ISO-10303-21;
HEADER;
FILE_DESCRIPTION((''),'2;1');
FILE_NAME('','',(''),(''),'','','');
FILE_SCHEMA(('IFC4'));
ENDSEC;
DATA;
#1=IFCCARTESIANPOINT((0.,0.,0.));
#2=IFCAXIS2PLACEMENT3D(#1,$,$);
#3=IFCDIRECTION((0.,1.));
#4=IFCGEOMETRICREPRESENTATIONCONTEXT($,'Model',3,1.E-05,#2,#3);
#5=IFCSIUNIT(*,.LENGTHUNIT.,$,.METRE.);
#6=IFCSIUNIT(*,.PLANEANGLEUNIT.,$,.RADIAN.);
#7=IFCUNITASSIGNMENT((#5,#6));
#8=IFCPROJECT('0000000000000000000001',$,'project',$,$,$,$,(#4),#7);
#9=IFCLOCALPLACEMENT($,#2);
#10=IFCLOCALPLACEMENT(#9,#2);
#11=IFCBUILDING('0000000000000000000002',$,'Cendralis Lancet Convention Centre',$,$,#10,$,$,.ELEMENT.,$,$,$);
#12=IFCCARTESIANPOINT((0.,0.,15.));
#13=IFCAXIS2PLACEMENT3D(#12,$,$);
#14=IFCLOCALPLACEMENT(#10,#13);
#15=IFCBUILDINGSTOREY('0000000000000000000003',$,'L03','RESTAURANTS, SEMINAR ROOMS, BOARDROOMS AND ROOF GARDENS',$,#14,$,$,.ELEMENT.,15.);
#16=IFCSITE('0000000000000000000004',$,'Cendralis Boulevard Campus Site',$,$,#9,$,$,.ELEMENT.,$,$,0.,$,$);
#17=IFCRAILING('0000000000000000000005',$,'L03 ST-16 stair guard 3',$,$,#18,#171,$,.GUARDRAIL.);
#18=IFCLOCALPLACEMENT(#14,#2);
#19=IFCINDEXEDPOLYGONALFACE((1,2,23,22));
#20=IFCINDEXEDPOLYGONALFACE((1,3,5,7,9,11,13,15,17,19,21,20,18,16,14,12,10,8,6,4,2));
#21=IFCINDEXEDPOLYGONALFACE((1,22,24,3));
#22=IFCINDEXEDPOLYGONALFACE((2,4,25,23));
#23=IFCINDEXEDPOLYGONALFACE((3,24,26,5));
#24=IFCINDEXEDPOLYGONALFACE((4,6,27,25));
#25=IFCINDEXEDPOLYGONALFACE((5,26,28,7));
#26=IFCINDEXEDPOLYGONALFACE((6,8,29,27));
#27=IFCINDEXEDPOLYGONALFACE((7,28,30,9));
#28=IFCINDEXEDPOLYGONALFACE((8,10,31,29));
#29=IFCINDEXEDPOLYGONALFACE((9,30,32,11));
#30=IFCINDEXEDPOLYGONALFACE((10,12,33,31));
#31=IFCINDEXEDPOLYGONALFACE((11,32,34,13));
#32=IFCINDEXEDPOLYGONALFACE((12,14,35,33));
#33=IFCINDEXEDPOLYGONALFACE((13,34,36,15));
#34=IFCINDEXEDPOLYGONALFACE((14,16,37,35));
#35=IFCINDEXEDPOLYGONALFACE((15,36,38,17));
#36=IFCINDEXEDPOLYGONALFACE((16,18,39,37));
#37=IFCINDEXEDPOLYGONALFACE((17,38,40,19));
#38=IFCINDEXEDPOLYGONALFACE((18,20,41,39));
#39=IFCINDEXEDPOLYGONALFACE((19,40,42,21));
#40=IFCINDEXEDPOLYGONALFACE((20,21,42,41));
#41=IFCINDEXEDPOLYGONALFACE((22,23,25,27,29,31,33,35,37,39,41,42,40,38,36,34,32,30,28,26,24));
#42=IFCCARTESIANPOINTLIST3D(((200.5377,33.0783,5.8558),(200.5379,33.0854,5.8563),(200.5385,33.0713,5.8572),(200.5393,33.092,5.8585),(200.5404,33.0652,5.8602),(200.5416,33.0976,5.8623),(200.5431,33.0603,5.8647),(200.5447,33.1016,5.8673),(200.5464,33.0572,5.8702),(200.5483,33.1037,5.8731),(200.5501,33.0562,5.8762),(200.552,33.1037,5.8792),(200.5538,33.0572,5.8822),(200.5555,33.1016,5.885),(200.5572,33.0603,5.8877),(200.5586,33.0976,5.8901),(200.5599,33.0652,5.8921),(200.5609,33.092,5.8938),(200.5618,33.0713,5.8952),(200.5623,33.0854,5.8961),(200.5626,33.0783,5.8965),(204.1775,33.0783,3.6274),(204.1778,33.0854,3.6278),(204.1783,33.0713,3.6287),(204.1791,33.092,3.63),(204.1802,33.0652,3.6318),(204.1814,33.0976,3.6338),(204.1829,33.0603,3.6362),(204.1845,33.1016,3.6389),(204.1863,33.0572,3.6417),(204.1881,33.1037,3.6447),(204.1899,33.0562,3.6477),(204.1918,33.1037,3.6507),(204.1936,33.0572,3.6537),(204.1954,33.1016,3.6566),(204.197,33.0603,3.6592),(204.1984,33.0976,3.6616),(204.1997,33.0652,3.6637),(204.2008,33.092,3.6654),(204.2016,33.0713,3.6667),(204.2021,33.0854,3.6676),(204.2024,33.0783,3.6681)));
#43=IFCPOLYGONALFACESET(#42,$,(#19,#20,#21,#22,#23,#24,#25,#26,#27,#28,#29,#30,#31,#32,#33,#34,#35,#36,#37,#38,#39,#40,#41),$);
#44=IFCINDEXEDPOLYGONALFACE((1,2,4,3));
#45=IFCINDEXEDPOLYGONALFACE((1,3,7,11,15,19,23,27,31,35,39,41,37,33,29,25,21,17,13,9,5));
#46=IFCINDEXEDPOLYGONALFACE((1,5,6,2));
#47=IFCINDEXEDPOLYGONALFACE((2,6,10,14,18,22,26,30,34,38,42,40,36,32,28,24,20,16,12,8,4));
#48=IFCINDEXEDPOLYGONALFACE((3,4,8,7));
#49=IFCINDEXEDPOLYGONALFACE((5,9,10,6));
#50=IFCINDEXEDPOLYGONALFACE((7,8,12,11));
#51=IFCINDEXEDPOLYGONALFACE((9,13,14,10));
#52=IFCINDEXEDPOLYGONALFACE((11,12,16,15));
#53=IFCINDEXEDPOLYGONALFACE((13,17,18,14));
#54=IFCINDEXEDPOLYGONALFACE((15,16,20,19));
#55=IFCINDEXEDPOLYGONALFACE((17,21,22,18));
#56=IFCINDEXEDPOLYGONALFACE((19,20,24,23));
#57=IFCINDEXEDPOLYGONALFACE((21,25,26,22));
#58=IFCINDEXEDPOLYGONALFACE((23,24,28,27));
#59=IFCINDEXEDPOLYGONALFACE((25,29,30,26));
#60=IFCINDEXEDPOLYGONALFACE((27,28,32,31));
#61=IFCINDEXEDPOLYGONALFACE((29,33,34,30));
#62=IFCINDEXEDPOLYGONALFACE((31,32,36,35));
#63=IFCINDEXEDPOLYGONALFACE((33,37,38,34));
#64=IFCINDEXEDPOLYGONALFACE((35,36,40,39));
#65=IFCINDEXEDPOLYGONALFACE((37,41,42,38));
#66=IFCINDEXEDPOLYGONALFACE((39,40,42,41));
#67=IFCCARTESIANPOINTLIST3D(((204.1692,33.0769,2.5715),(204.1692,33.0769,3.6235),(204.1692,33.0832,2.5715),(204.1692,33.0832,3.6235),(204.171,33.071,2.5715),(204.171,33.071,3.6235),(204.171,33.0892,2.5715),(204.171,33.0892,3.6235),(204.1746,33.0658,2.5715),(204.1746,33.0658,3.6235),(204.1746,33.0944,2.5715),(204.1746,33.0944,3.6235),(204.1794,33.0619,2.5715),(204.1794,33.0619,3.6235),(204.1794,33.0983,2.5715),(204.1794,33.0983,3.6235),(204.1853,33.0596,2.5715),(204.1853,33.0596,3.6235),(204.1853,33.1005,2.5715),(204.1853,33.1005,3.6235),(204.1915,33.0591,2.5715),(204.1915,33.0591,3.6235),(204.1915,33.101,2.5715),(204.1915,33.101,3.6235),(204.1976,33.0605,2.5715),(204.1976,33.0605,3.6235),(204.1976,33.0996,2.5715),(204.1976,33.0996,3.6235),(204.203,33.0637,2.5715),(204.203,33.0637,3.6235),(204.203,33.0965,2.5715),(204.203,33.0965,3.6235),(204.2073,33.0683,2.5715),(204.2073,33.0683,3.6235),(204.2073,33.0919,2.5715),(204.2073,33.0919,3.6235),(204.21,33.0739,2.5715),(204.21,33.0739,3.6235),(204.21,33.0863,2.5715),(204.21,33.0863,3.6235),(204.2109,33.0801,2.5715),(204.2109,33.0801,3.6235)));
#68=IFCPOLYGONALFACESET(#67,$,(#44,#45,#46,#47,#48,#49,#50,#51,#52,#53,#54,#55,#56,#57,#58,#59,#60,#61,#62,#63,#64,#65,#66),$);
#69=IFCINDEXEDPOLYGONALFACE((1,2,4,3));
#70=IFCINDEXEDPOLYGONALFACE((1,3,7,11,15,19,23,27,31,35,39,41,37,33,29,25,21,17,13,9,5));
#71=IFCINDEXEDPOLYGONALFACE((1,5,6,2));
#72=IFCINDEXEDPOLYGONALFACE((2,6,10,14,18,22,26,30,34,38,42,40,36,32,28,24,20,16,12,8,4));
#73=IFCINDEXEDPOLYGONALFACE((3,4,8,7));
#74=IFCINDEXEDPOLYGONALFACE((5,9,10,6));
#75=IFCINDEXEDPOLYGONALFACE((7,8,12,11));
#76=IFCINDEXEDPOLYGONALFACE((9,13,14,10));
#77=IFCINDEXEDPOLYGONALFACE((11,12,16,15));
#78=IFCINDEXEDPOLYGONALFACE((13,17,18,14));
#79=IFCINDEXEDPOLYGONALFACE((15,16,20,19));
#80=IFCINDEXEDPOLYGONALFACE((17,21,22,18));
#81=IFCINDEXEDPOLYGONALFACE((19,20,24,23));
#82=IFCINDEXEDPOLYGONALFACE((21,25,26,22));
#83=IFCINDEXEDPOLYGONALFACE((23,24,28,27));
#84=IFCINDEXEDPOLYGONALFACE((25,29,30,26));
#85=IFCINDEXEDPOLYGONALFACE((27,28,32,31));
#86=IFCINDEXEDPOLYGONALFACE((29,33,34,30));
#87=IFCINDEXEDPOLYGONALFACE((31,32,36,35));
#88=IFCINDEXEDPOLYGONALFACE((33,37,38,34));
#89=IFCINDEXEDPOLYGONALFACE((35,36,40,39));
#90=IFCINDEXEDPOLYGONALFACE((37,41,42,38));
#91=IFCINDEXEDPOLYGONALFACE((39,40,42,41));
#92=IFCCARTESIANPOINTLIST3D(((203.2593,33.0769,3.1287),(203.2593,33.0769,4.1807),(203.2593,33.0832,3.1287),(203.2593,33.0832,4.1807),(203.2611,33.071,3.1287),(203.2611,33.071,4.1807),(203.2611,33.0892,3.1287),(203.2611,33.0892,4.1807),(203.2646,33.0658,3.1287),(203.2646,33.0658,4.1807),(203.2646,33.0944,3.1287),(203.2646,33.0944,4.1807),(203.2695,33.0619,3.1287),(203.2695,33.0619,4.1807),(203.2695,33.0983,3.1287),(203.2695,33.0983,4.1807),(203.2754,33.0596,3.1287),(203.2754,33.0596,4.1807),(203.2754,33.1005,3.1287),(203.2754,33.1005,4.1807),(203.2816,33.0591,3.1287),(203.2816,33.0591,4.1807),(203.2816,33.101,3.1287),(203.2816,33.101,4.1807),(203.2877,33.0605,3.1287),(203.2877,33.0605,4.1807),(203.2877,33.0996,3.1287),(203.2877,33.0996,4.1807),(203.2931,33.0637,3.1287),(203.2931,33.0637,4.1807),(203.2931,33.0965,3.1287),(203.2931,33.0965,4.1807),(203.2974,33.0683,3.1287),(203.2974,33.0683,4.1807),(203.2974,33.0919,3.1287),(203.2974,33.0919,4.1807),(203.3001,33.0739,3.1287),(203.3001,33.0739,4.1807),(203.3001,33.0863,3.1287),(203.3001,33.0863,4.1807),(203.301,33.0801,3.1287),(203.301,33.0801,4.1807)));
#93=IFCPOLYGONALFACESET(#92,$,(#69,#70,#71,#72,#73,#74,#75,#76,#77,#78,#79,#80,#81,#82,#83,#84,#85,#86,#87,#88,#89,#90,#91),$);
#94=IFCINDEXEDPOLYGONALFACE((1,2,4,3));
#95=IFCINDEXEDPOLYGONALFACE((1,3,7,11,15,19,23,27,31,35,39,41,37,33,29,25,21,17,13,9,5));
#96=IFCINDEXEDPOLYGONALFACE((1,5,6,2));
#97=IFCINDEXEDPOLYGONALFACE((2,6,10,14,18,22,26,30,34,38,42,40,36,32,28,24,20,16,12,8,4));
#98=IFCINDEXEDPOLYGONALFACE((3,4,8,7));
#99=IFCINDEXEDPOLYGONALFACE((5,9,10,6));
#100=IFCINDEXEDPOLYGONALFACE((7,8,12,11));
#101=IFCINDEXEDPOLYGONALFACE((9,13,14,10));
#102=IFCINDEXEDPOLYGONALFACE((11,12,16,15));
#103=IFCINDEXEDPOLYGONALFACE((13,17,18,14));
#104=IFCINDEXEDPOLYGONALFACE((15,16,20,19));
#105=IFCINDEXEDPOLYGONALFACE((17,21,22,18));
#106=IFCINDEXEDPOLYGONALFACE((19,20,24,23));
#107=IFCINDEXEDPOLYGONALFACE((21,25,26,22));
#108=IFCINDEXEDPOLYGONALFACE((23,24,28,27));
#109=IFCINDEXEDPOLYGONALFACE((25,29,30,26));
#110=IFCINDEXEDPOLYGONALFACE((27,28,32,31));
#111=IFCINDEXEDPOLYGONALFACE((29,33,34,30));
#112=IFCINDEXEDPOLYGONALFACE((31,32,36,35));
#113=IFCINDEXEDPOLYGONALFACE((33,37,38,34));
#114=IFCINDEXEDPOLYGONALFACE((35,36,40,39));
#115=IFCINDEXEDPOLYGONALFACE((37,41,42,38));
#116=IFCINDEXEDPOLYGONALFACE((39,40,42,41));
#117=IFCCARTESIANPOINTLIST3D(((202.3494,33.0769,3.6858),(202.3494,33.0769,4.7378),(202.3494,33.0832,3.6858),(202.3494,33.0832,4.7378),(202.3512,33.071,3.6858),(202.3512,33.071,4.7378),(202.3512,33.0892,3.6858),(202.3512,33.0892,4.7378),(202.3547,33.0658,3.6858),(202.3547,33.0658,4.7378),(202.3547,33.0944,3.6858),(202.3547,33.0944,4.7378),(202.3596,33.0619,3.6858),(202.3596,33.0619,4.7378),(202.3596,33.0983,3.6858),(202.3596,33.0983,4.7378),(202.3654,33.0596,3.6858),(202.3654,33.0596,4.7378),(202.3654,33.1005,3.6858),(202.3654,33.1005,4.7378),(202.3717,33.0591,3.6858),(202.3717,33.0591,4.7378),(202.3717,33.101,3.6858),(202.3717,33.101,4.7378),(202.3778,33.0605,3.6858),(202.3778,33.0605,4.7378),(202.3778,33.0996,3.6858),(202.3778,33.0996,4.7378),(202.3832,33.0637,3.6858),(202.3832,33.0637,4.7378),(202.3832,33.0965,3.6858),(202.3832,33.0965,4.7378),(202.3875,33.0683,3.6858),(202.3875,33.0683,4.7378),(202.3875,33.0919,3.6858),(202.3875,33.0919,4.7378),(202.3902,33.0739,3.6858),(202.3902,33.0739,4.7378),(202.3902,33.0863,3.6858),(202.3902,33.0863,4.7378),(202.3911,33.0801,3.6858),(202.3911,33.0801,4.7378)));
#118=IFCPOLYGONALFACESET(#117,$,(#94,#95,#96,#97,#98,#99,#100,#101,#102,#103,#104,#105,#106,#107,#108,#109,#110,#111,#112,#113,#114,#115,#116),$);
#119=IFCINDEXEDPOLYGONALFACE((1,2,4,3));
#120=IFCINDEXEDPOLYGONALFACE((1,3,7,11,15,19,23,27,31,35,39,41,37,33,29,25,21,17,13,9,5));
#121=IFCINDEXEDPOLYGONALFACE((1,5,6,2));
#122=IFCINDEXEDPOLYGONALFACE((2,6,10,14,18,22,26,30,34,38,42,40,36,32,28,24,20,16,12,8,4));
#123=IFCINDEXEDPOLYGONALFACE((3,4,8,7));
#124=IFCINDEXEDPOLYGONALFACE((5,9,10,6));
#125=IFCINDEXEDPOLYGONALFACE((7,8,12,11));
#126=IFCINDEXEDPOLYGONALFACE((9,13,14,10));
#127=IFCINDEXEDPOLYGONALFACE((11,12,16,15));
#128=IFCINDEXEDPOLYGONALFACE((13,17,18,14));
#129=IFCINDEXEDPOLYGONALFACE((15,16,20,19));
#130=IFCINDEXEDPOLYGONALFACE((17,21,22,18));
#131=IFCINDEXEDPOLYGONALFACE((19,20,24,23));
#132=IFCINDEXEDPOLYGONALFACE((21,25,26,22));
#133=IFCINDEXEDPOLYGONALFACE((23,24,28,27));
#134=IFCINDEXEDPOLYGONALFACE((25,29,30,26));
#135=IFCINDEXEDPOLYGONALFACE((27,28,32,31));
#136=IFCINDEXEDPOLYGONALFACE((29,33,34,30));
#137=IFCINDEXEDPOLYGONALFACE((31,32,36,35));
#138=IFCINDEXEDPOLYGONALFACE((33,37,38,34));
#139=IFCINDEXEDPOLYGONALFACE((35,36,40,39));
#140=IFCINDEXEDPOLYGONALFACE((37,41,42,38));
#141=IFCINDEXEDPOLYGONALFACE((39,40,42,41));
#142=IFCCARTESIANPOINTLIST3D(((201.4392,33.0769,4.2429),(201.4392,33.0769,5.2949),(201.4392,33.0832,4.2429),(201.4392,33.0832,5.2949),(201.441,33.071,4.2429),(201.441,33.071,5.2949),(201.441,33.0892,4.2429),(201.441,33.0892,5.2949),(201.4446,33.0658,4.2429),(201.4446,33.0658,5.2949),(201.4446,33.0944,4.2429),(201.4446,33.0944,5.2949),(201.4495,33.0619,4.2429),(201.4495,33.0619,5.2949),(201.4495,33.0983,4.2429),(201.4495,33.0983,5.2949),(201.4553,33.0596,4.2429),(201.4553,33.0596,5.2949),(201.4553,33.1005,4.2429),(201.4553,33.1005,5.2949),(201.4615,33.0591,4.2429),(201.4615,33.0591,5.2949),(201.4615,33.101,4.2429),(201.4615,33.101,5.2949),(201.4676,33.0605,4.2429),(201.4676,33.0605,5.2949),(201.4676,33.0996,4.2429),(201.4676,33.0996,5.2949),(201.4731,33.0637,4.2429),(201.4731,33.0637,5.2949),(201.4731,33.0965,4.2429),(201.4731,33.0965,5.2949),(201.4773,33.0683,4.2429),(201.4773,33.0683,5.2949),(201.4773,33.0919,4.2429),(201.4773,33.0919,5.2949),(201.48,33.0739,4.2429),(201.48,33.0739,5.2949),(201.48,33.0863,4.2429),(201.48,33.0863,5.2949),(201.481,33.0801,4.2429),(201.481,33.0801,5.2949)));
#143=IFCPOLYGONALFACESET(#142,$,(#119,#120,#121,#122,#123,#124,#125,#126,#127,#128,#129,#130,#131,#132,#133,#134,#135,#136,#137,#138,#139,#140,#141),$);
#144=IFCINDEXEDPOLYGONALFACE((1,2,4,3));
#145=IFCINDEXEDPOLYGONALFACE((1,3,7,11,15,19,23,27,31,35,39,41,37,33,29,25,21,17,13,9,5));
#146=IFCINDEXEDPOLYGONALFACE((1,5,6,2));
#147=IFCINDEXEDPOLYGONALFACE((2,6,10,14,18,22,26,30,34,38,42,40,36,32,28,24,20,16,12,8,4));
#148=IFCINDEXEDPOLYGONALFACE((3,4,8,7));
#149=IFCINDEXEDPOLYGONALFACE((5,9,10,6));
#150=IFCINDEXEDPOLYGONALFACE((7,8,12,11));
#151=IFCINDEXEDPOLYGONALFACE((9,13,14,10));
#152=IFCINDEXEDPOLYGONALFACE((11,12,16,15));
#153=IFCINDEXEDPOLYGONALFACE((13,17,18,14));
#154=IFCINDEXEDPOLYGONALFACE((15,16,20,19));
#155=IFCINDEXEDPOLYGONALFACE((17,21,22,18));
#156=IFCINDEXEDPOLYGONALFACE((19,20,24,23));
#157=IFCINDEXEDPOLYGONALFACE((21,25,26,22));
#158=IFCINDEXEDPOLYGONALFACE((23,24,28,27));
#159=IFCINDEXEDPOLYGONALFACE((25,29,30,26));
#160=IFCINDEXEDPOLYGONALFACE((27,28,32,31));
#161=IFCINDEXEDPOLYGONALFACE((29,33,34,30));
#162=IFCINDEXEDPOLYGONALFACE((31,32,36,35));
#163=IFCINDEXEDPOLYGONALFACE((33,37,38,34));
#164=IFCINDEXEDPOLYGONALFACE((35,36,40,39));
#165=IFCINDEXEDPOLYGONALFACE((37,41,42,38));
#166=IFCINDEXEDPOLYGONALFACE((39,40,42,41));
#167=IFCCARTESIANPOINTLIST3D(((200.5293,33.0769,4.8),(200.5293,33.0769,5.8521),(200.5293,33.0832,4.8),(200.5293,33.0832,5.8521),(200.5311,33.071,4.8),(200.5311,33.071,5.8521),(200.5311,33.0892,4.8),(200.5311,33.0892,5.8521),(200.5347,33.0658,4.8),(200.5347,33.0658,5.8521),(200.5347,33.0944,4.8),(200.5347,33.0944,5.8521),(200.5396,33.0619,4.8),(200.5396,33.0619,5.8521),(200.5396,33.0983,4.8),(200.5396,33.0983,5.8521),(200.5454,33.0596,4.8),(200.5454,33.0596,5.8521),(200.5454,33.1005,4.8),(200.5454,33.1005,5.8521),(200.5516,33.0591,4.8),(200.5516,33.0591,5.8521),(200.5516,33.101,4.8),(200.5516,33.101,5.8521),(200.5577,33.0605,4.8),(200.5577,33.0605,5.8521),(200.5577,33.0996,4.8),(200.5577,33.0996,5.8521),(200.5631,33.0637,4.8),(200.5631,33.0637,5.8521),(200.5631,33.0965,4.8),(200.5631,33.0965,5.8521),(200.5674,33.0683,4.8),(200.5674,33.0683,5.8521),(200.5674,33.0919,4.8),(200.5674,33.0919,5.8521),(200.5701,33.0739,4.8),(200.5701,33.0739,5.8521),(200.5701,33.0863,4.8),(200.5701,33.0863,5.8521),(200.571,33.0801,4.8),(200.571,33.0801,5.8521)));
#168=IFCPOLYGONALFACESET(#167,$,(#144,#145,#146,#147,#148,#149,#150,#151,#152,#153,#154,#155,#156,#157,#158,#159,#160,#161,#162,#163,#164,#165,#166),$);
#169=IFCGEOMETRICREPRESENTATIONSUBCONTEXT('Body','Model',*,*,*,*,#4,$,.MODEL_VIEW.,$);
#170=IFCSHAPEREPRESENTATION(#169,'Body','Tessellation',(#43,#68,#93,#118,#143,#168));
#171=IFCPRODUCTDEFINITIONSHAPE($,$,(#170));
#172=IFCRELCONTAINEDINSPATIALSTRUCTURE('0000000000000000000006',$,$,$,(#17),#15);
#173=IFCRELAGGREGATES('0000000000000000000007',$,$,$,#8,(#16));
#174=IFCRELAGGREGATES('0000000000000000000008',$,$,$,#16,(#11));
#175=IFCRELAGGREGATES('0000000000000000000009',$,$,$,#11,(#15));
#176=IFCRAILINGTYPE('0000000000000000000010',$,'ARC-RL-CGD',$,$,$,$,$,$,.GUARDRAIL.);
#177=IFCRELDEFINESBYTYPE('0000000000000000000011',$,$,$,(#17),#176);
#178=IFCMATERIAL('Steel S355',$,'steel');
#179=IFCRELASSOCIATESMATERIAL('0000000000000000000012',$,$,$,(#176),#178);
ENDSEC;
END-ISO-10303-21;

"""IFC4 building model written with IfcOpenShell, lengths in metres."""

from ifc_helpers import new_model, si_unit, direction, frame, origin, origin_2d, place, context, subcontext, project, spatial, circle, extrude, material, type_object, element, save


model = new_model("IFC4")

# Units and contexts
model_context = context("Model", 3, precision=1e-05, world=origin(), true_north=direction((0.0, 1.0)))
body_context = subcontext(model_context, "Body", "Model", "MODEL_VIEW")
ifc_project = project(units=[si_unit("LENGTHUNIT", "METRE"), si_unit("PLANEANGLEUNIT", "RADIAN")], contexts=[model_context])

# Site, building, storey
site_placement = place(None, origin())
site = spatial("IfcSite", under=ifc_project, at=site_placement, Name="Cendralis Boulevard Campus Site", CompositionType="ELEMENT", RefElevation=0.0)
building_placement = place(site_placement, origin())
building = spatial("IfcBuilding", under=site, at=building_placement, Name="Cendralis Lancet Convention Centre", CompositionType="ELEMENT")
storey_placement = place(building_placement, frame((0.0, 0.0, 15.0)))
storey = spatial("IfcBuildingStorey", under=building, at=storey_placement, Name="L03", Description="RESTAURANTS, SEMINAR ROOMS, BOARDROOMS AND ROOF GARDENS", CompositionType="ELEMENT", Elevation=15.0)

# Shared definitions
ifc_material_1 = material(Name="Steel S355", Category="steel")

# Railing
railing_type_1 = type_object("IfcRailingType", Name="ARC-RL-CGD", PredefinedType="GUARDRAIL", material=ifc_material_1)
railing_1_placement = place(storey_placement, frame((204.1899, 33.0801, 2.5715)))
element("IfcRailing", 1, at=railing_1_placement, inside=storey, type_object=railing_type_1, Name="L03 ST-16 stair guard 3", PredefinedType="GUARDRAIL", context=body_context, shape_type="SweptSolid", body=[
    extrude(circle(Radius=0.0239, at=origin_2d()), frame((0.0, 0.0, 1.0762), z_axis=(-0.85285, 0.0, 0.522156), x_axis=(0.0, -1.0, 0.0)), (0.0, 0.0, 1.0), 4.2678),
    extrude(circle(Radius=0.021, at=origin_2d()), origin(), (0.0, 0.0, 1.0), 1.052),
    extrude(circle(Radius=0.021, at=origin_2d()), frame((-0.9099, 0.0, 0.5571)), (0.0, 0.0, 1.0), 1.052),
    extrude(circle(Radius=0.021, at=origin_2d()), frame((-1.8198, 0.0, 1.1143)), (0.0, 0.0, 1.0), 1.052),
    extrude(circle(Radius=0.021, at=origin_2d()), frame((-2.73, 0.0, 1.6714)), (0.0, 0.0, 1.0), 1.052),
    extrude(circle(Radius=0.021, at=origin_2d()), frame((-3.6399, 0.0, 2.2285)), (0.0, 0.0, 1.0), 1.052),
])

save(model, "model.ifc")
